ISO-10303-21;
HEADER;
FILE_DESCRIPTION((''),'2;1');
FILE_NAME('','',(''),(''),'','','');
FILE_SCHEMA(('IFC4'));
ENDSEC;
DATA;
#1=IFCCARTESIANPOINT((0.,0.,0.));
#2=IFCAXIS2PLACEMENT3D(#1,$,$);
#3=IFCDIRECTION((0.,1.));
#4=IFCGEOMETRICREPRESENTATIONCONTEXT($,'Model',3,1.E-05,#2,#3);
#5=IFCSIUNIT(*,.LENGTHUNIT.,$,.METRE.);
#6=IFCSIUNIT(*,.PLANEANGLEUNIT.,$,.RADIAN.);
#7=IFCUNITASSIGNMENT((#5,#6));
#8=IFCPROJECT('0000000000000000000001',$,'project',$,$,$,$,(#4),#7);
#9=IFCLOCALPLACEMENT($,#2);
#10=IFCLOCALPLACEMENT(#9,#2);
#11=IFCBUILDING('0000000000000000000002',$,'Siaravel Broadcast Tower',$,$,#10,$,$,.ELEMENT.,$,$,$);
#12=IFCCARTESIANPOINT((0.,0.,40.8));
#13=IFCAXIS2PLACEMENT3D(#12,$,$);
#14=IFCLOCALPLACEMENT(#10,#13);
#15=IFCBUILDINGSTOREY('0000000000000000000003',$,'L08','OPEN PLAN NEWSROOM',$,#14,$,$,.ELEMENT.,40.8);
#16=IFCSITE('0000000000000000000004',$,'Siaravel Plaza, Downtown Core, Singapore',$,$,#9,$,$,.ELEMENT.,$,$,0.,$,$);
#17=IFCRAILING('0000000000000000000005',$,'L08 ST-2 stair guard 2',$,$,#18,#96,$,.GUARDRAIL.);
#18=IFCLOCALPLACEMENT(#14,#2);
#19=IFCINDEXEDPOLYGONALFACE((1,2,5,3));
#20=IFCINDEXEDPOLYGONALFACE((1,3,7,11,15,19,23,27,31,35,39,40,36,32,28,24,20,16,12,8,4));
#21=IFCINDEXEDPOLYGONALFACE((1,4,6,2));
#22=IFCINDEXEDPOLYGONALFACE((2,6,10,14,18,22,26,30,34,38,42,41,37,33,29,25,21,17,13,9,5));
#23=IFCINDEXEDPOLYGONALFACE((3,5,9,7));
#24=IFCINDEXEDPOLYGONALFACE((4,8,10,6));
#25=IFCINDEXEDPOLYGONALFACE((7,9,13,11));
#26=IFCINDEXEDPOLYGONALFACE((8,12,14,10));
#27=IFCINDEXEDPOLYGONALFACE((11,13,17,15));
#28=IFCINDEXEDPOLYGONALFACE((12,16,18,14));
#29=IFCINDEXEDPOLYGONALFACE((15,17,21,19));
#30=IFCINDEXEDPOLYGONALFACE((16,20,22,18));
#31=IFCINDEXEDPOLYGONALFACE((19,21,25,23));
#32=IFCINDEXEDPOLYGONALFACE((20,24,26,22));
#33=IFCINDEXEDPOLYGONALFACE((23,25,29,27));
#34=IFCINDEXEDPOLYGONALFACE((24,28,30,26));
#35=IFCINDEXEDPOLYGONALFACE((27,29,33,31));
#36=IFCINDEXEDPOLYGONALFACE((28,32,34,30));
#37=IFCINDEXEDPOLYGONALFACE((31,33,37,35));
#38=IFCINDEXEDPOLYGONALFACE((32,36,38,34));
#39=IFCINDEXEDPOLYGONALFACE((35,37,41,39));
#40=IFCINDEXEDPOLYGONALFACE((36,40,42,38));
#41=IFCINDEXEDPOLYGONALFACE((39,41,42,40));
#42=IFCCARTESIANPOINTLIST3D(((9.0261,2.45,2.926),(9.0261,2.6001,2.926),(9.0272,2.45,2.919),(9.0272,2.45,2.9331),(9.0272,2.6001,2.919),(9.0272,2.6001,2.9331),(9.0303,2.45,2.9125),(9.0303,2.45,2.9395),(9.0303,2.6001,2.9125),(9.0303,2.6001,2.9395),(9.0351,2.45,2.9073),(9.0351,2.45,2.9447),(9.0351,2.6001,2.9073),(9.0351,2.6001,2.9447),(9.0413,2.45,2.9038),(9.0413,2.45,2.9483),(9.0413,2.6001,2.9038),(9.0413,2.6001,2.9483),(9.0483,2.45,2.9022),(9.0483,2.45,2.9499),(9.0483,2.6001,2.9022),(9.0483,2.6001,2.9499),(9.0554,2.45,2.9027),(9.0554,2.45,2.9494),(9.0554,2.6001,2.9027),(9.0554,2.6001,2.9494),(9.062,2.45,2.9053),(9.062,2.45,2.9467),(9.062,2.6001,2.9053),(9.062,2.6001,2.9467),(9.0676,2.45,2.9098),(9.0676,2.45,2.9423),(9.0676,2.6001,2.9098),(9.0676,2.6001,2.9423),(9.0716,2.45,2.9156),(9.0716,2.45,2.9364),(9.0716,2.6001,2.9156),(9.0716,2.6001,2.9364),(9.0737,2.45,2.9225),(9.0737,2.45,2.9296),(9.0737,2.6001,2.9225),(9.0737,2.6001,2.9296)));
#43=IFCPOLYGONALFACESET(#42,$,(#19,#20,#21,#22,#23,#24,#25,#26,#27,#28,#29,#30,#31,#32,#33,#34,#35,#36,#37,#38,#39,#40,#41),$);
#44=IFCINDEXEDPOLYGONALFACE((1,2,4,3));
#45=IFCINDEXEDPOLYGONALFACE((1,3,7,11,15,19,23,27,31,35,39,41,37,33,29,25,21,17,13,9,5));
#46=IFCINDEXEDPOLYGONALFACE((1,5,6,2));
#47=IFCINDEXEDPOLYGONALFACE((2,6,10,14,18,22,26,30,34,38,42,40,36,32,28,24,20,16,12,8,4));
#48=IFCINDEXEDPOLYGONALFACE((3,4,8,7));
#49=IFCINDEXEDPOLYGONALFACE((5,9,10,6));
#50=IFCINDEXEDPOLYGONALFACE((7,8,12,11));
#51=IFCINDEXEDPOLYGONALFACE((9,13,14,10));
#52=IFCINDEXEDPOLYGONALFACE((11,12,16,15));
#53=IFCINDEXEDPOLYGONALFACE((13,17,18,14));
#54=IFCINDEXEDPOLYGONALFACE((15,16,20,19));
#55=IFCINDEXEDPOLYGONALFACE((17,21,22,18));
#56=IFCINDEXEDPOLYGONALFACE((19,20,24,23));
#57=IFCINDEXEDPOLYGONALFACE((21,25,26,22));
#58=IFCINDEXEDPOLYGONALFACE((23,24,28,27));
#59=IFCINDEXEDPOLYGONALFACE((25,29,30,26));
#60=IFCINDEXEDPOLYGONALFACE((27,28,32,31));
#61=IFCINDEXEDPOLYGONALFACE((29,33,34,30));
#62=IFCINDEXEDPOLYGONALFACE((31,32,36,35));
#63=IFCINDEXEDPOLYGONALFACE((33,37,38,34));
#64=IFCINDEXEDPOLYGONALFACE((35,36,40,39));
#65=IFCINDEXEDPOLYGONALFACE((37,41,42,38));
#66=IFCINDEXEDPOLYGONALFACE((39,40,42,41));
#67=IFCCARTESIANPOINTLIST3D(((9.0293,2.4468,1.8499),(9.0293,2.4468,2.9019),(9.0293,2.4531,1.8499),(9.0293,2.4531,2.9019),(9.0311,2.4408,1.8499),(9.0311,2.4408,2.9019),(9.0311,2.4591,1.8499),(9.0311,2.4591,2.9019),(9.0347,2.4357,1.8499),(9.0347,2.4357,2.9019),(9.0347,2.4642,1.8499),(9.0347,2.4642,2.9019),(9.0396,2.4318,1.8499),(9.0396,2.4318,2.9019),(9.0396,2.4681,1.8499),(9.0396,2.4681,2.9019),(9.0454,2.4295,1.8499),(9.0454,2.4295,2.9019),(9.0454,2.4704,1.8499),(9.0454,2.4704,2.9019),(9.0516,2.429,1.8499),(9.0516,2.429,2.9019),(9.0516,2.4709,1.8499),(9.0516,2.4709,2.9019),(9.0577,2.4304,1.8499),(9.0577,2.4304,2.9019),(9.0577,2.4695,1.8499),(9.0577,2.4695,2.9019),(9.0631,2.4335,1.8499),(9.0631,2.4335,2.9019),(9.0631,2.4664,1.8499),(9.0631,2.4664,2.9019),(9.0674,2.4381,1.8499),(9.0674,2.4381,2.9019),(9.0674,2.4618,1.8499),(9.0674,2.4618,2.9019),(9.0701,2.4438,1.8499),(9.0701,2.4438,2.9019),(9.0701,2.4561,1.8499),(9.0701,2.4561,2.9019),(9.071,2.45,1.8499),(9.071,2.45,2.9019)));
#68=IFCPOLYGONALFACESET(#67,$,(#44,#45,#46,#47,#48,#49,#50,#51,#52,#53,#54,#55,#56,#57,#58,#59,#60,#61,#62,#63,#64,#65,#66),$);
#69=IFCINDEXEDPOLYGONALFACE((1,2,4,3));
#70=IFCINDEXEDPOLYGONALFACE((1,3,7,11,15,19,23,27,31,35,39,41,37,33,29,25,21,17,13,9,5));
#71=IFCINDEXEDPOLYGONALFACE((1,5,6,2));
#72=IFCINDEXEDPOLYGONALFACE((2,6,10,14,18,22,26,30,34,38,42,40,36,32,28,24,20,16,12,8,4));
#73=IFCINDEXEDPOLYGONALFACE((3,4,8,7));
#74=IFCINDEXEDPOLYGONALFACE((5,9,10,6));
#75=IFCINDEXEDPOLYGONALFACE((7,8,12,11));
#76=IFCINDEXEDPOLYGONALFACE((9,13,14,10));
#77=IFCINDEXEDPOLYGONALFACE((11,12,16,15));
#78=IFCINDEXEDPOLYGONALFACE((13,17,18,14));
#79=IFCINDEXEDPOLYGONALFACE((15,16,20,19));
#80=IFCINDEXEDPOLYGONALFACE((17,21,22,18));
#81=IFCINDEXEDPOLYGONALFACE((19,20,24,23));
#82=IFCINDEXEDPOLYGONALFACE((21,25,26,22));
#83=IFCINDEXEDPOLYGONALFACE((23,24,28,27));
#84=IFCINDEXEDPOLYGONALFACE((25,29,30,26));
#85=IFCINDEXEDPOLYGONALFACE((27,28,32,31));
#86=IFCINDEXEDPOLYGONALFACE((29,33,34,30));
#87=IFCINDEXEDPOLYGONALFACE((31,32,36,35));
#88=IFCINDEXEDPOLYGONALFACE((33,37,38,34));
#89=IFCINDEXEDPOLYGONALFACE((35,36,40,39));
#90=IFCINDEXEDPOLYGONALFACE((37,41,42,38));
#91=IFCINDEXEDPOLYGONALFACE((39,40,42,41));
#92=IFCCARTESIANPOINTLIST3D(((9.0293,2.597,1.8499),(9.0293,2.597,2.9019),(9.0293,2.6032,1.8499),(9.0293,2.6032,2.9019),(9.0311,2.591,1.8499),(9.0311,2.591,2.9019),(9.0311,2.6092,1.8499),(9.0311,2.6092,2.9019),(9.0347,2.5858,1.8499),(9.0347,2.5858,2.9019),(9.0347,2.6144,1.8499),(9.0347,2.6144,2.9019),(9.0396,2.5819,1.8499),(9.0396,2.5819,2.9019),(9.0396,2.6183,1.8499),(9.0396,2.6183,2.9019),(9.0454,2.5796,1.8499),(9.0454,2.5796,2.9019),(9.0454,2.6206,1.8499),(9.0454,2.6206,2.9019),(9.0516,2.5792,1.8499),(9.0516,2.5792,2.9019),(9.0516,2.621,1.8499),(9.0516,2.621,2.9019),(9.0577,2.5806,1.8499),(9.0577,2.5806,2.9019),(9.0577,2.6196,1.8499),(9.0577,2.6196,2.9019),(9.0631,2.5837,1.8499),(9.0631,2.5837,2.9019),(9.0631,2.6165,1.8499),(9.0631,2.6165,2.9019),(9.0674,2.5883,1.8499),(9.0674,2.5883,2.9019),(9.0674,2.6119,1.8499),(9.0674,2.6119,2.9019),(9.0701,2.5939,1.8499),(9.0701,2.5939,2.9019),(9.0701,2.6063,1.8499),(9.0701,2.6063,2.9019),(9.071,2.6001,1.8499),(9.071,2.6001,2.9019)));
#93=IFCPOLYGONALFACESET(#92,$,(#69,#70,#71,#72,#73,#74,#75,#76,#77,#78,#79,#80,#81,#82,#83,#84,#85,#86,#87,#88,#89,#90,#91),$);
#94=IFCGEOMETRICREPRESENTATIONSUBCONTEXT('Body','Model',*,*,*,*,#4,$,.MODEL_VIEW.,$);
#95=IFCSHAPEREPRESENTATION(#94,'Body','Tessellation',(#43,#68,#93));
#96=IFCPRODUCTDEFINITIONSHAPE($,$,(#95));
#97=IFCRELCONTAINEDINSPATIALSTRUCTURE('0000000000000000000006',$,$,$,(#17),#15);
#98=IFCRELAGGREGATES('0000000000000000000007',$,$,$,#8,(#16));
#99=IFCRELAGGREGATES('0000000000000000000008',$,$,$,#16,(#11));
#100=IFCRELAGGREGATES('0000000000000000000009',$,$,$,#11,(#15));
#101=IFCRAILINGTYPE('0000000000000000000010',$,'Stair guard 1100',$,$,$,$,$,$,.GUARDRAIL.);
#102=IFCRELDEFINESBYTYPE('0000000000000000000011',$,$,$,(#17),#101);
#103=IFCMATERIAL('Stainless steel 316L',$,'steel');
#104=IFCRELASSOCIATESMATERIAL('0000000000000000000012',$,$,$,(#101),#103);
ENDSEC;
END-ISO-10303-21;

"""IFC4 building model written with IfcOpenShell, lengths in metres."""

from ifc_helpers import new_model, si_unit, direction, frame, origin, origin_2d, place, context, subcontext, project, spatial, circle, extrude, material, type_object, element, save


model = new_model("IFC4")

# Units and contexts
model_context = context("Model", 3, precision=1e-05, world=origin(), true_north=direction((0.0, 1.0)))
body_context = subcontext(model_context, "Body", "Model", "MODEL_VIEW")
ifc_project = project(units=[si_unit("LENGTHUNIT", "METRE"), si_unit("PLANEANGLEUNIT", "RADIAN")], contexts=[model_context])

# Site, building, storey
site_placement = place(None, origin())
site = spatial("IfcSite", under=ifc_project, at=site_placement, Name="Siaravel Plaza, Downtown Core, Singapore", CompositionType="ELEMENT", RefElevation=0.0)
building_placement = place(site_placement, origin())
building = spatial("IfcBuilding", under=site, at=building_placement, Name="Siaravel Broadcast Tower", CompositionType="ELEMENT")
storey_placement = place(building_placement, frame((0.0, 0.0, 40.8)))
storey = spatial("IfcBuildingStorey", under=building, at=storey_placement, Name="L08", Description="OPEN PLAN NEWSROOM", CompositionType="ELEMENT", Elevation=40.8)

# Railing
ifc_material_1 = material(Name="Stainless steel 316L", Category="steel")
railing_type_1 = type_object("IfcRailingType", Name="Stair guard 1100", PredefinedType="GUARDRAIL", material=ifc_material_1)
railing_1_placement = place(storey_placement, frame((9.05, 2.45, 1.8499)))
element("IfcRailing", 1, at=railing_1_placement, inside=storey, type_object=railing_type_1, Name="L08 ST-2 stair guard 2", PredefinedType="GUARDRAIL", context=body_context, shape_type="SweptSolid", body=[
    extrude(circle(Radius=0.0239, at=origin_2d()), frame((0.0, 0.0, 1.0762), z_axis=(0.0, 1.0, 0.0), x_axis=(-1.0, 0.0, 0.0)), (0.0, 0.0, 1.0), 0.1501),
    extrude(circle(Radius=0.021, at=origin_2d()), origin(), (0.0, 0.0, 1.0), 1.052),
    extrude(circle(Radius=0.021, at=origin_2d()), frame((0.0, 0.1501, 0.0)), (0.0, 0.0, 1.0), 1.052),
])

save(model, "model.ifc")
